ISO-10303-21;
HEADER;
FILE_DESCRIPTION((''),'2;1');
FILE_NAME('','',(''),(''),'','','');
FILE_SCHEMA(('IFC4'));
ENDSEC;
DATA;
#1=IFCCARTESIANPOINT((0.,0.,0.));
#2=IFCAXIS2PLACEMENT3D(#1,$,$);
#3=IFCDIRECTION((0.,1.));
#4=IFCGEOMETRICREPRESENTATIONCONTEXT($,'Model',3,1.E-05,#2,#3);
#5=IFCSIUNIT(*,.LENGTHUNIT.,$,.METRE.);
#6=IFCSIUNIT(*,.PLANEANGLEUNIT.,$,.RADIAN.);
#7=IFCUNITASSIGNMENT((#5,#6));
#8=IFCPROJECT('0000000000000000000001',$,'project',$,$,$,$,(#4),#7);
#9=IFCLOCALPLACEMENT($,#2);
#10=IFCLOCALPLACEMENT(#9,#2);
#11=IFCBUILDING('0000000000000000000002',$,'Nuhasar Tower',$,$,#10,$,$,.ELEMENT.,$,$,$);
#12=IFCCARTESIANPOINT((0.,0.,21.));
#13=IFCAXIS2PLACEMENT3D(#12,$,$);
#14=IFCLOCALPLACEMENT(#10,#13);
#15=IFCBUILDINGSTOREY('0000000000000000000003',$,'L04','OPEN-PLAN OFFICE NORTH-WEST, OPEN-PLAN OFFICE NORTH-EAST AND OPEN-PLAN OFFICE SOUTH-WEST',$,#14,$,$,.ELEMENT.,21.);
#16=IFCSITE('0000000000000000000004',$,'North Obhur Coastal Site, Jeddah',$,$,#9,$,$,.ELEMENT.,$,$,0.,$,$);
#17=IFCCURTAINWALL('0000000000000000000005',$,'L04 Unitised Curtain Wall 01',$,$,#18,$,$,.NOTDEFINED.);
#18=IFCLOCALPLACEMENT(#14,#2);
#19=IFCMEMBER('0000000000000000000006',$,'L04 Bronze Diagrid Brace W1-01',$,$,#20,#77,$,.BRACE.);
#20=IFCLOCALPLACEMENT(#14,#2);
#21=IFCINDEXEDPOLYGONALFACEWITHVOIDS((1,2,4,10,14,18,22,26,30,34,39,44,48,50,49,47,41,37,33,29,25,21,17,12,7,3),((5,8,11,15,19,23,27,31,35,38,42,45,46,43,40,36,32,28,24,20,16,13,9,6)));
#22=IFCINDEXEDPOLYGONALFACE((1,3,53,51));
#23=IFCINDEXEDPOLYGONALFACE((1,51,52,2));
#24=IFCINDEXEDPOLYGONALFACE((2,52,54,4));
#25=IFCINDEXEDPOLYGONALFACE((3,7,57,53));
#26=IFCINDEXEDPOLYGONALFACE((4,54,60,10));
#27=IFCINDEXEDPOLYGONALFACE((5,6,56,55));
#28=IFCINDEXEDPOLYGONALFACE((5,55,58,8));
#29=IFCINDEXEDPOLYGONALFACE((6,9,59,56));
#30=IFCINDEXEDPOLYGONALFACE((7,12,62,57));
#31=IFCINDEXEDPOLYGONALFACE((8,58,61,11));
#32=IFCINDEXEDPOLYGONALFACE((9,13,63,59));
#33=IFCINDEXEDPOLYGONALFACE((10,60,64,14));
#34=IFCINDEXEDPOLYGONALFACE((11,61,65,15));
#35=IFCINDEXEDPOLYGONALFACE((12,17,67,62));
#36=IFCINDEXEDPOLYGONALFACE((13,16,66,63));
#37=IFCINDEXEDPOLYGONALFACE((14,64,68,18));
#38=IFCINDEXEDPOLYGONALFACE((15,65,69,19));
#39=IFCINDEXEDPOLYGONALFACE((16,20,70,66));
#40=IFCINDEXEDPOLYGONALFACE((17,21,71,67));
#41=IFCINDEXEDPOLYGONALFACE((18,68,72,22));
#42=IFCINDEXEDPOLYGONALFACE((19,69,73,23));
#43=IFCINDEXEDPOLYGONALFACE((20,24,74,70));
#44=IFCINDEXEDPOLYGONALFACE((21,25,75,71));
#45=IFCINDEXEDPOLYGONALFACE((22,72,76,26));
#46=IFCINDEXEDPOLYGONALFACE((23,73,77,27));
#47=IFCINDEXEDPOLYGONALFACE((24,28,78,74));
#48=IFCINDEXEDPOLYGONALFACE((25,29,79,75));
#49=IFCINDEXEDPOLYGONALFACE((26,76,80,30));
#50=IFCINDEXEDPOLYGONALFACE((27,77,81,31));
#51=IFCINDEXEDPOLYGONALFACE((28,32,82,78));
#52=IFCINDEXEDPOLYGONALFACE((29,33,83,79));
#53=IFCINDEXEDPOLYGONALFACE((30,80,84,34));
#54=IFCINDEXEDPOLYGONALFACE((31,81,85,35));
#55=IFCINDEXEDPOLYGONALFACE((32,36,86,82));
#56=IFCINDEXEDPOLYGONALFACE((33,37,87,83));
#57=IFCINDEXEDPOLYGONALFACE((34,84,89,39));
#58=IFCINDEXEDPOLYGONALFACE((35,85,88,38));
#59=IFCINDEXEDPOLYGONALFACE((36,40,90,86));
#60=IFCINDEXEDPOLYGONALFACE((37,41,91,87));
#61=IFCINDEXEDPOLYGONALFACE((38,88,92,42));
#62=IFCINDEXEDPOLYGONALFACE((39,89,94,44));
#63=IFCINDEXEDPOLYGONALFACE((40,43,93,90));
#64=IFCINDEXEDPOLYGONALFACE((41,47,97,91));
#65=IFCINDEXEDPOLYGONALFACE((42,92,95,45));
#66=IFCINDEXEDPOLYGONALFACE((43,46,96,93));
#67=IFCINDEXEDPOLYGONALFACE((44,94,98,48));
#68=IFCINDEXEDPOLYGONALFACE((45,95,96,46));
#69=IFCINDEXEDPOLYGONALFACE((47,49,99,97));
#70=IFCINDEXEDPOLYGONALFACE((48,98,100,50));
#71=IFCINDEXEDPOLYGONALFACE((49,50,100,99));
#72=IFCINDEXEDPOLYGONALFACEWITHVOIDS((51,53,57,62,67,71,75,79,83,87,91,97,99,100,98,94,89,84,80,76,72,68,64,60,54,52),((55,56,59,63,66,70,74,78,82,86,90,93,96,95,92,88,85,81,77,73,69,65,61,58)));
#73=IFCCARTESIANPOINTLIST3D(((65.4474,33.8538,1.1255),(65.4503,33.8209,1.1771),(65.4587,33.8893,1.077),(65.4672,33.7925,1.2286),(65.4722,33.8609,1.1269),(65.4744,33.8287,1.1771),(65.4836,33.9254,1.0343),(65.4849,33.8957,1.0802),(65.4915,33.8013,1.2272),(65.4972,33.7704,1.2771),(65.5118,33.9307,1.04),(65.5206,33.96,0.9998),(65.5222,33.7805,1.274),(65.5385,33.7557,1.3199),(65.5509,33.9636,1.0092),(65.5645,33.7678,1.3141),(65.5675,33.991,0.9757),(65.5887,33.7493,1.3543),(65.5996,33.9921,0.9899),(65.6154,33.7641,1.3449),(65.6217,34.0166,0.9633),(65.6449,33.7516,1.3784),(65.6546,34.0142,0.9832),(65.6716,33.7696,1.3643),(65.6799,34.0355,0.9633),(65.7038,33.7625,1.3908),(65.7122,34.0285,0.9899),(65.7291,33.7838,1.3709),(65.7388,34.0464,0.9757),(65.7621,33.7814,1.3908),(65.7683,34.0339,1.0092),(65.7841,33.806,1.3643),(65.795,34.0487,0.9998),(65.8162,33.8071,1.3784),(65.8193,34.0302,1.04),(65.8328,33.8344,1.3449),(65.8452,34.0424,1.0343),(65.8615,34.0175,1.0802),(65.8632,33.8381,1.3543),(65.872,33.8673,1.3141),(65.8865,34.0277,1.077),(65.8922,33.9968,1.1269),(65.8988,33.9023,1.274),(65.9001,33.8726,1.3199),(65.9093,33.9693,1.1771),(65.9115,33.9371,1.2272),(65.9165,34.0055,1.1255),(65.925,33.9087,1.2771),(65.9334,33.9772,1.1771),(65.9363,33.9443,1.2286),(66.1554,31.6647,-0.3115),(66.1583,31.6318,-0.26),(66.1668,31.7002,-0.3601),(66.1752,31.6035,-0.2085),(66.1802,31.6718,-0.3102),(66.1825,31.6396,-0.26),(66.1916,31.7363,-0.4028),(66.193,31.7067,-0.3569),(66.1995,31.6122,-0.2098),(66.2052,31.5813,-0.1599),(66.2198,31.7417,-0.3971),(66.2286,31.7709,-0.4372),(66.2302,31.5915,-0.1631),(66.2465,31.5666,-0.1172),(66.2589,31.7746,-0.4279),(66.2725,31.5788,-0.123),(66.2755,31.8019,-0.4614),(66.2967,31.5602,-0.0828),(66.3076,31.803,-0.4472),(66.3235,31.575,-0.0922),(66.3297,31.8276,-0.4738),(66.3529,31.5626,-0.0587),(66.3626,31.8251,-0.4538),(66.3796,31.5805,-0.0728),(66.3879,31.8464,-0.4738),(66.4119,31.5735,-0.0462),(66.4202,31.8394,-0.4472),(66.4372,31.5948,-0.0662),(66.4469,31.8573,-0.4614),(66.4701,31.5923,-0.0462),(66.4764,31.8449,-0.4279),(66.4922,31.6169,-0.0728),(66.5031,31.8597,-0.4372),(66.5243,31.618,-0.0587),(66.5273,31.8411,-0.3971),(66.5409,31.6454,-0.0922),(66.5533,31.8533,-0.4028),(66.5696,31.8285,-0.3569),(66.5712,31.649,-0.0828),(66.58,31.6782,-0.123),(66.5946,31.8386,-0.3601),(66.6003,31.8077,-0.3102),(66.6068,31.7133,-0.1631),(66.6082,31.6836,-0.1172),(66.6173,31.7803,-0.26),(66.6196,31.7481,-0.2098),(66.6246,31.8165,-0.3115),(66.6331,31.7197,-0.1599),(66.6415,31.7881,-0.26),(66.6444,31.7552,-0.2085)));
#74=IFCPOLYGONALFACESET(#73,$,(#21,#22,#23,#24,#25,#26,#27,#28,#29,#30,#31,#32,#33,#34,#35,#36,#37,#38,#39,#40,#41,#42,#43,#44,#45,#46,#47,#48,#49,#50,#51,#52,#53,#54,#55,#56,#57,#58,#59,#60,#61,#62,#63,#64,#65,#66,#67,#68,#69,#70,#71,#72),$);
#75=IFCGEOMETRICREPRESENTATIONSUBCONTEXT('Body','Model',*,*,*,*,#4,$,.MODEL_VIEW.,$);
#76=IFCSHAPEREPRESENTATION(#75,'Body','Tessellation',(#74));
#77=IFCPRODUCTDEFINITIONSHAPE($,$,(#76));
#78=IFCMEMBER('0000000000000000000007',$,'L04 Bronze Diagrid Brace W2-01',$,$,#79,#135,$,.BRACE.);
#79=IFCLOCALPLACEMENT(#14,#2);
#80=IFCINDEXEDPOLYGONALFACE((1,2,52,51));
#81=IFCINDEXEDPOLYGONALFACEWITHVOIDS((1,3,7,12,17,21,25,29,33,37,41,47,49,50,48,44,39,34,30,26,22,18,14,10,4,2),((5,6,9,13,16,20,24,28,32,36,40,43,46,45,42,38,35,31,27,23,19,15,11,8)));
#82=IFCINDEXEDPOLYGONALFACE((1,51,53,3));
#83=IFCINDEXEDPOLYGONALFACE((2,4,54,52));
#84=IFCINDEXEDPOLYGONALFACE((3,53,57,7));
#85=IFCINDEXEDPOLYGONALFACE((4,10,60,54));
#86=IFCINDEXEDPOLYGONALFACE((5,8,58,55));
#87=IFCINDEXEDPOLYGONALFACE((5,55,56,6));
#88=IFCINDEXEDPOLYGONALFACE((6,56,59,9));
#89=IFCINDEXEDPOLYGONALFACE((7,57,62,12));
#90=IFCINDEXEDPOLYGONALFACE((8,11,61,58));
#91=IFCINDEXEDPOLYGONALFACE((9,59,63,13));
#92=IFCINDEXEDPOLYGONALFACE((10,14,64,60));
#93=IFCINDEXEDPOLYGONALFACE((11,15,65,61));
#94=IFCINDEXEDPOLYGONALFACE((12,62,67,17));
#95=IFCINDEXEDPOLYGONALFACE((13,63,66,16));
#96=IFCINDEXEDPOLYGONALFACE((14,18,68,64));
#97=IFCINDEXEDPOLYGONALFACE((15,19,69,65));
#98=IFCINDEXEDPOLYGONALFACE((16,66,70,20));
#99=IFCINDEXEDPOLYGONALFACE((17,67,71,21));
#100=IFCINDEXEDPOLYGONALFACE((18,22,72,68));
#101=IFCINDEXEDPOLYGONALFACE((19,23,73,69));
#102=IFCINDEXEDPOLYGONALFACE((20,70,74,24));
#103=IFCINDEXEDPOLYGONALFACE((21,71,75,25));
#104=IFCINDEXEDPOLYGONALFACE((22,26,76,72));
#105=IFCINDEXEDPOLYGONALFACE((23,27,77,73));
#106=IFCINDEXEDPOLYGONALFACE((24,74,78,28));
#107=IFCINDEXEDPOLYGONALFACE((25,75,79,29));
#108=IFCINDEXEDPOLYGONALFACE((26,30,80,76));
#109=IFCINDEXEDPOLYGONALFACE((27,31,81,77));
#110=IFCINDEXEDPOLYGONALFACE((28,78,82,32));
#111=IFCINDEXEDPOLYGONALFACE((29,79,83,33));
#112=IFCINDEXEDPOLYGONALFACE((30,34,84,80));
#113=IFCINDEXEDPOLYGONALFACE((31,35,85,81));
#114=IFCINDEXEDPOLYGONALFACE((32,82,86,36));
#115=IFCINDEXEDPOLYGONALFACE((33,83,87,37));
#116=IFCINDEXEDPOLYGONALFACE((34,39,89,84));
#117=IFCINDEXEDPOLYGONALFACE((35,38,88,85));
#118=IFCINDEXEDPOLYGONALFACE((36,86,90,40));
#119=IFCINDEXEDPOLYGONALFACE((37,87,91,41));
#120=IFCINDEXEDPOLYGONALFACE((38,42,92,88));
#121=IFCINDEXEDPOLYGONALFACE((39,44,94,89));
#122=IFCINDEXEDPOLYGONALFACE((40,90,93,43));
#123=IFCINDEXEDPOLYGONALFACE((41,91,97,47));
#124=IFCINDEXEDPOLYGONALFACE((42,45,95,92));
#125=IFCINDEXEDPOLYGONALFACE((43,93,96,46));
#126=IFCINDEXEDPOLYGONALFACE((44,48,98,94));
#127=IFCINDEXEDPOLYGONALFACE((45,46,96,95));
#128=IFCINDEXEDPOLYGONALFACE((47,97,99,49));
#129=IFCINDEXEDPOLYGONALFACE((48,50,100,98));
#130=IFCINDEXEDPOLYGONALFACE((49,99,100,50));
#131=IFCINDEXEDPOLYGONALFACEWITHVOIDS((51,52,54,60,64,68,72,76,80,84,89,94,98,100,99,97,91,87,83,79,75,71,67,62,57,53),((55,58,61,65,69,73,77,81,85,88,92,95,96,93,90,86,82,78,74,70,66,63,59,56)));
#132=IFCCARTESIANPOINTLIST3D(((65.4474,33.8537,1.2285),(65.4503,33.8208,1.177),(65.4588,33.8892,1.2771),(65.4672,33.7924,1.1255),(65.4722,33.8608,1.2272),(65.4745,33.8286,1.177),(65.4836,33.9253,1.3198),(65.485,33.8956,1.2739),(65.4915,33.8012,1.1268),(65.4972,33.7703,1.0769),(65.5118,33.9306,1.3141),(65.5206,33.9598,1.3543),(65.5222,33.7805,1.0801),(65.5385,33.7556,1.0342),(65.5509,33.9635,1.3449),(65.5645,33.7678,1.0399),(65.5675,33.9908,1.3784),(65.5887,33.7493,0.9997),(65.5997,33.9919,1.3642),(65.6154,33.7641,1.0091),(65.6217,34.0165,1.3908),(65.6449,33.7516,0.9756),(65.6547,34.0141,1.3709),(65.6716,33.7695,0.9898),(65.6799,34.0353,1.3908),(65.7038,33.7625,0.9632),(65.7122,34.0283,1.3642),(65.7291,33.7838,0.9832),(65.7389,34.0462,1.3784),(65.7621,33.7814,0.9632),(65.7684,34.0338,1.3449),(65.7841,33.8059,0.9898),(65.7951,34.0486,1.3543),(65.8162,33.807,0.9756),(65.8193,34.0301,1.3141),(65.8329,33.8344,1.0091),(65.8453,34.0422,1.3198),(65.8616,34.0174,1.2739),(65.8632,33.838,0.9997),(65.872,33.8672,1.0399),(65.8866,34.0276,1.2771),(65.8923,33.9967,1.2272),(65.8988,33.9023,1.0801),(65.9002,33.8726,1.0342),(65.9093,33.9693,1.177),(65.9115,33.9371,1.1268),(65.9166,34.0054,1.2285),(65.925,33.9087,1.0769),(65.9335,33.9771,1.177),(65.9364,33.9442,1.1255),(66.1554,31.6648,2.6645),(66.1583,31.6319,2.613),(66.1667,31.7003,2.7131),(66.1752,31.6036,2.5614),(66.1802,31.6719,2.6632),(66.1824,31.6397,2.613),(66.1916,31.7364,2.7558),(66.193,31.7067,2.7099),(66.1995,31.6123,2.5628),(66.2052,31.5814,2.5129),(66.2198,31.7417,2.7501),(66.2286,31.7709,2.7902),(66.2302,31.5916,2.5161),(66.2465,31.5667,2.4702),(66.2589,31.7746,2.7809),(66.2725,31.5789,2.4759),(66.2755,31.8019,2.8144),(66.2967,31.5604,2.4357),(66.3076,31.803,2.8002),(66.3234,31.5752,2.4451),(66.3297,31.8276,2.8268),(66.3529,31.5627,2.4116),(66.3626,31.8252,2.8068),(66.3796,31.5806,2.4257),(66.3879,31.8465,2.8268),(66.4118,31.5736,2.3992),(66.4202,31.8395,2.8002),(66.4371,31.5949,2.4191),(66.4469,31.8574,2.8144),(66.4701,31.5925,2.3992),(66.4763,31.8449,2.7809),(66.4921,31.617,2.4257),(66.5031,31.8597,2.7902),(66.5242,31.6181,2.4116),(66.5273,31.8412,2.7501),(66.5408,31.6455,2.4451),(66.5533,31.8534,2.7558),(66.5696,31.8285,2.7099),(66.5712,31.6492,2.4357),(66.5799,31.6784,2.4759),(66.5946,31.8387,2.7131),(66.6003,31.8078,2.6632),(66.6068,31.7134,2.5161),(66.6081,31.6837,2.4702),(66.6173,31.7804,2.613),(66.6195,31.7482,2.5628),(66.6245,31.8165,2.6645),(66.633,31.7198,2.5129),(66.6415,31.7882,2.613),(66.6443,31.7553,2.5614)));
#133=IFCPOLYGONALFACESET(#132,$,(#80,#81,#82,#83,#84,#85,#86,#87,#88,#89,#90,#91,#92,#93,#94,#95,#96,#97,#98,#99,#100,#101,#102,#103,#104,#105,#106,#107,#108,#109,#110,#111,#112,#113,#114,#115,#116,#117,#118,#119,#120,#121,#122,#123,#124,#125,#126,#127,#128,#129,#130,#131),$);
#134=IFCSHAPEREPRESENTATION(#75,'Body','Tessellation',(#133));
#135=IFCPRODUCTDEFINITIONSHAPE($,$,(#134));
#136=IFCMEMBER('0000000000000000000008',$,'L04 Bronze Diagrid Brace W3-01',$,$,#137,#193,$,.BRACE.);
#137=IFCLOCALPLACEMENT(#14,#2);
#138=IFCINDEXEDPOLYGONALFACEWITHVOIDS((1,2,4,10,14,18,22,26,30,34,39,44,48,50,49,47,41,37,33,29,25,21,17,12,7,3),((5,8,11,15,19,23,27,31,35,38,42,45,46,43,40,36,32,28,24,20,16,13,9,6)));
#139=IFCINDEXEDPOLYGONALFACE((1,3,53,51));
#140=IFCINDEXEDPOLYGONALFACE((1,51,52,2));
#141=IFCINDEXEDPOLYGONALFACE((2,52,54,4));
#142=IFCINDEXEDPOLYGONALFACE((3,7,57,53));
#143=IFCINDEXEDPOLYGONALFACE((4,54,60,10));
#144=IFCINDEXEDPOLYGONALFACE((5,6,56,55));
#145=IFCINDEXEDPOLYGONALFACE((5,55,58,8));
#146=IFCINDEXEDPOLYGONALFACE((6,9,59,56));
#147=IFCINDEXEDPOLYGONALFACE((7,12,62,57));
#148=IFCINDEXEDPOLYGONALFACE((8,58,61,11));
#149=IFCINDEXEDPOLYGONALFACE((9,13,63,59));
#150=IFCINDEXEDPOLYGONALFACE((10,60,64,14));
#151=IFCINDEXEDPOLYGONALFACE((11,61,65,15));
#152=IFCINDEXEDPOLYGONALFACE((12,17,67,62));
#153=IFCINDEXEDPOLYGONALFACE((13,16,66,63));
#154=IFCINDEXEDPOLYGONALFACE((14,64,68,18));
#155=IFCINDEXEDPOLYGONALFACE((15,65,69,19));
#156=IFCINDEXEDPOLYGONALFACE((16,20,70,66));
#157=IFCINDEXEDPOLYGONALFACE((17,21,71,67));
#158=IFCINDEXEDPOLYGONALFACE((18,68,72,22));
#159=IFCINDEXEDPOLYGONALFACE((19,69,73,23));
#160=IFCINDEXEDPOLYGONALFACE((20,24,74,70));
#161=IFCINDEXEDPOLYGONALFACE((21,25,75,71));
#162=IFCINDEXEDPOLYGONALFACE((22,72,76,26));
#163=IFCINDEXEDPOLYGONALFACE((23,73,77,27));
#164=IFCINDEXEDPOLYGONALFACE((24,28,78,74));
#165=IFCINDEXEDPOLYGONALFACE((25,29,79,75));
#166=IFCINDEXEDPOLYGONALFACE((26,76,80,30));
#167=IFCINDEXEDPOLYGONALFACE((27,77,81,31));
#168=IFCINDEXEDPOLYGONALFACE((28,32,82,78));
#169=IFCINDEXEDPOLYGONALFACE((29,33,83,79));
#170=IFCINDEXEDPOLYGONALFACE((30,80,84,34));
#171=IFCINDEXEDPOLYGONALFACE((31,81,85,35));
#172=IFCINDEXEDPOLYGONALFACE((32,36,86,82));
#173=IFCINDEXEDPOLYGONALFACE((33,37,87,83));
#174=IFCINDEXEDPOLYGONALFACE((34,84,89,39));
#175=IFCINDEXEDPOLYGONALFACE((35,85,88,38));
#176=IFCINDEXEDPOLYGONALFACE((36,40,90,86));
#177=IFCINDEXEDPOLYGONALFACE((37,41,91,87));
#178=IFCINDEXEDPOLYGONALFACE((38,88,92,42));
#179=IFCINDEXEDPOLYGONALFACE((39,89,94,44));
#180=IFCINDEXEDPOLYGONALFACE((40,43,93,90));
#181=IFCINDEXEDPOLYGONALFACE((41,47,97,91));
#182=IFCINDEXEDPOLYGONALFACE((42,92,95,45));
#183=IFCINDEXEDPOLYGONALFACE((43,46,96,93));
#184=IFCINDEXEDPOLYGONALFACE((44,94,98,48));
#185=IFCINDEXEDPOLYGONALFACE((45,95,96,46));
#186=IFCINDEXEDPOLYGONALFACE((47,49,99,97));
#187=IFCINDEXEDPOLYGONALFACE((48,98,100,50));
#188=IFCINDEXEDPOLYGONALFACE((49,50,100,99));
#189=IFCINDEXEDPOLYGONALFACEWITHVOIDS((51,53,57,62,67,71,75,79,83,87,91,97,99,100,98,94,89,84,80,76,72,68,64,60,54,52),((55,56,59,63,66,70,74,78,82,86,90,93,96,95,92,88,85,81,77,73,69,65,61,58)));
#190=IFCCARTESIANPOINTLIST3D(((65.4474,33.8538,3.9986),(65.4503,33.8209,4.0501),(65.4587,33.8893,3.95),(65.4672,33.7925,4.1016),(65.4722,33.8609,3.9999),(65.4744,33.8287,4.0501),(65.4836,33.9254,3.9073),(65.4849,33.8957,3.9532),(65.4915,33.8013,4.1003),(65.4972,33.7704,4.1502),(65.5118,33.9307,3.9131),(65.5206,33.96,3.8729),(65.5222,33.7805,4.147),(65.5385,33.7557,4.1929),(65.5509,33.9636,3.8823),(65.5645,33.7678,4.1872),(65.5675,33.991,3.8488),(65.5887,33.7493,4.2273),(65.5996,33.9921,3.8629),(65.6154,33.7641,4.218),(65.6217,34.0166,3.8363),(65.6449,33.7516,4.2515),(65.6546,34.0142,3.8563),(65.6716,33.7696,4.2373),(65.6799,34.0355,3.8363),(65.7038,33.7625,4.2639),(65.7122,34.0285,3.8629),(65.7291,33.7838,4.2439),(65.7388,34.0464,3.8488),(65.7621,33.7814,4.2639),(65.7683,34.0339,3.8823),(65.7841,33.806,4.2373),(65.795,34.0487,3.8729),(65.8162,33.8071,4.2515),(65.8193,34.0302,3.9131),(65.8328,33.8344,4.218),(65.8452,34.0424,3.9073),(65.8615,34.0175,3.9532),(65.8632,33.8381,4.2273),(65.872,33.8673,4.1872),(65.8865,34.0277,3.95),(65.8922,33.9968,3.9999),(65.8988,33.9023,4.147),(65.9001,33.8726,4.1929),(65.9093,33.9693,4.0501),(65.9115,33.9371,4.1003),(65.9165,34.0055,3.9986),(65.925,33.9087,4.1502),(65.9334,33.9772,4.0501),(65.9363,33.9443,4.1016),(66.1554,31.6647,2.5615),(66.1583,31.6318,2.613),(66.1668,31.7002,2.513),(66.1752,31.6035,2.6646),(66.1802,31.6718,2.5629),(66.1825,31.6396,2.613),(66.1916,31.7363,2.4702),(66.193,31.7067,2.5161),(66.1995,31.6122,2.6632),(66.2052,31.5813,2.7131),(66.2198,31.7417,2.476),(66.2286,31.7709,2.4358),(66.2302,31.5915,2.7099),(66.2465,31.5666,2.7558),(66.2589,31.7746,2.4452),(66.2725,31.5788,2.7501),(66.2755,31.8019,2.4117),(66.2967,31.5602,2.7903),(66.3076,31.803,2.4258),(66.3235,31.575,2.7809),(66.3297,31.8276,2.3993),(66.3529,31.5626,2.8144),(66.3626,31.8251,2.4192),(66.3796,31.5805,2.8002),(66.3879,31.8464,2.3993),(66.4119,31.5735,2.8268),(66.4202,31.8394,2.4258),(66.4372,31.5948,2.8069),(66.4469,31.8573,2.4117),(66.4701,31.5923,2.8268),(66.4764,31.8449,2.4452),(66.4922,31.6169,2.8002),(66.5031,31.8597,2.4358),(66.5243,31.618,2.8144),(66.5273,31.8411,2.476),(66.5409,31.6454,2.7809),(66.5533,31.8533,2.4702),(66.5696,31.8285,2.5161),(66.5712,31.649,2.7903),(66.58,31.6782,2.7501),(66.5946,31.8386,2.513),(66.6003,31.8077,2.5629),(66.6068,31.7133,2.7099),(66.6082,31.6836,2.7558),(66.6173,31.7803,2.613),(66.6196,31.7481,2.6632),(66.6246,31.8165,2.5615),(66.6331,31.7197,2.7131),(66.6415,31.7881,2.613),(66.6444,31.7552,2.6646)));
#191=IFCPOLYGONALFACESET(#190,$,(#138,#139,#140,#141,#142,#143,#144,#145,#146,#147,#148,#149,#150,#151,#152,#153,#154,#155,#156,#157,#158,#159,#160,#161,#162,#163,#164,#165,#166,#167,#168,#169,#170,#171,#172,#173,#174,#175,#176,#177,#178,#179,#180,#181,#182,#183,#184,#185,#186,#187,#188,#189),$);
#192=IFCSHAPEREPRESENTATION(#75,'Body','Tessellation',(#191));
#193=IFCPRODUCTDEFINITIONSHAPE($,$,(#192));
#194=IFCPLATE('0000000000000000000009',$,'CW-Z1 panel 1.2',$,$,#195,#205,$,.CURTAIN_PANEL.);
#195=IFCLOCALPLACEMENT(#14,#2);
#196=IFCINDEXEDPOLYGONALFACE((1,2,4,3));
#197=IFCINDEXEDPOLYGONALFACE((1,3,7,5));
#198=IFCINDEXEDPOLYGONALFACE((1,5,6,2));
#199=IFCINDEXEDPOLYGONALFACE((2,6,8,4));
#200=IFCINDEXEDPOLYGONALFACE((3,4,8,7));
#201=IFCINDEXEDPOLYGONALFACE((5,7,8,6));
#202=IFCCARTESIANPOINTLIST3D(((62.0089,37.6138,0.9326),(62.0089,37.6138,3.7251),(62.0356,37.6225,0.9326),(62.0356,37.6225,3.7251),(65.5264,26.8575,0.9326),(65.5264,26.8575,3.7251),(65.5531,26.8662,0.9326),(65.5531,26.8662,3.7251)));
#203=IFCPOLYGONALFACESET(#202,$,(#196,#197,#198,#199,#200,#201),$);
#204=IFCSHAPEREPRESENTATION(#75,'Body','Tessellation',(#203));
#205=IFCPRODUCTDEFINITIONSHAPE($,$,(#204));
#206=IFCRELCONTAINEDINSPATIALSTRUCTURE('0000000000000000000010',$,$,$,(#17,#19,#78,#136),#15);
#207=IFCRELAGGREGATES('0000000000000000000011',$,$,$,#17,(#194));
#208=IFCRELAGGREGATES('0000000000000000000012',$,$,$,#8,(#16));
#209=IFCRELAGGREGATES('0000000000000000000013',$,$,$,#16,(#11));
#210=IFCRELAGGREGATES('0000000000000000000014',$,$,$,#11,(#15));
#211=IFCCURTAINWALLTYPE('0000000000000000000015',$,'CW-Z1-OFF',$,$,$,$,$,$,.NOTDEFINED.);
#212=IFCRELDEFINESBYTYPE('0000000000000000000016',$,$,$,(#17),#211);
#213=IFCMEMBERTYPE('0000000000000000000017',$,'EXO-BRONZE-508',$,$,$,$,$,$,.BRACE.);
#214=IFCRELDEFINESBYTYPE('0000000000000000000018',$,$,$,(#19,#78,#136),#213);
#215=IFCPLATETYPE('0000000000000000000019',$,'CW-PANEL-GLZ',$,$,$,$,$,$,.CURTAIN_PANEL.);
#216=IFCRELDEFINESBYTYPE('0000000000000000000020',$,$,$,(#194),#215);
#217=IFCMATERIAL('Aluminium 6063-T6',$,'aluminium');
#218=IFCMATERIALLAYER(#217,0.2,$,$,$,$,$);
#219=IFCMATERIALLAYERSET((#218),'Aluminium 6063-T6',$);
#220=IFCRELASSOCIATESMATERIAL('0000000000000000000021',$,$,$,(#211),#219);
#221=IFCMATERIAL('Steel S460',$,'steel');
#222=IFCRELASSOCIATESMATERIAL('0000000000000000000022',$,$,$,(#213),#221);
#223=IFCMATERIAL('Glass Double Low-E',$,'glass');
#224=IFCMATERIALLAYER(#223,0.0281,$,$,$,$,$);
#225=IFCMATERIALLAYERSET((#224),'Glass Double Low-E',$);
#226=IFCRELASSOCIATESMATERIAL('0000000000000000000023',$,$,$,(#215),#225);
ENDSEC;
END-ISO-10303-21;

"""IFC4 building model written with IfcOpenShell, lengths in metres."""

from ifc_helpers import new_model, si_unit, direction, frame, origin, origin_2d, place, context, subcontext, project, spatial, rectangle, hollow_circle, extrude, material, layer, layer_set, material_profile, profile_set, type_object, element, aggregate, save


model = new_model("IFC4")

# Units and contexts
model_context = context("Model", 3, precision=1e-05, world=origin(), true_north=direction((0.0, 1.0)))
body_context = subcontext(model_context, "Body", "Model", "MODEL_VIEW")
ifc_project = project(units=[si_unit("LENGTHUNIT", "METRE"), si_unit("PLANEANGLEUNIT", "RADIAN")], contexts=[model_context])

# Site, building, storey
site_placement = place(None, origin())
site = spatial("IfcSite", under=ifc_project, at=site_placement, Name="North Obhur Coastal Site, Jeddah", CompositionType="ELEMENT", RefElevation=0.0)
building_placement = place(site_placement, origin())
building = spatial("IfcBuilding", under=site, at=building_placement, Name="Nuhasar Tower", CompositionType="ELEMENT")
storey_placement = place(building_placement, frame((0.0, 0.0, 21.0)))
storey = spatial("IfcBuildingStorey", under=building, at=storey_placement, Name="L04", Description="OPEN-PLAN OFFICE NORTH-WEST, OPEN-PLAN OFFICE NORTH-EAST AND OPEN-PLAN OFFICE SOUTH-WEST", CompositionType="ELEMENT", Elevation=21.0)

# Shared definitions
ifc_material_1 = material(Name="Steel S460", Category="steel")

# Curtain wall
ifc_material_2 = material(Name="Aluminium 6063-T6", Category="aluminium")
ifc_layer_1 = layer(ifc_material_2, 0.2)
ifc_layer_set_1 = layer_set([ifc_layer_1], Name="Aluminium 6063-T6")
curtain_wall_type = type_object("IfcCurtainWallType", Name="CW-Z1-OFF", PredefinedType="NOTDEFINED", material=ifc_layer_set_1)
curtain_wall_placement = place(storey_placement, origin())
curtain_wall = element("IfcCurtainWall", 1, at=curtain_wall_placement, inside=storey, type_object=curtain_wall_type, Name="L04 Unitised Curtain Wall 01", PredefinedType="NOTDEFINED")

# Members
ifc_material_profile_1 = material_profile(ifc_material_1, hollow_circle(Radius=0.2539, WallThickness=0.0254, at=origin_2d()), Name="HSS508X25.4")
ifc_profile_set_1 = profile_set([ifc_material_profile_1], Name="Steel S460")
member_type_1 = type_object("IfcMemberType", Name="EXO-BRONZE-508", PredefinedType="BRACE", material=ifc_profile_set_1)
member_1_placement = place(storey_placement, frame((66.3999, 31.71, -0.26), z_axis=(-0.261013, 0.806981, 0.529767), x_axis=(-0.951468, -0.307747, 0.0)))
element("IfcMember", 2, at=member_1_placement, inside=storey, type_object=member_type_1, Name="L04 Bronze Diagrid Brace W1-01", PredefinedType="BRACE", context=body_context, shape_type="SweptSolid", body=[
    extrude(hollow_circle(Radius=0.2539, WallThickness=0.0254, at=origin_2d()), origin(), (0.0, 0.0, 1.0), 2.7126),
])
member_2_placement = place(storey_placement, frame((65.6919, 33.8989, 1.177), z_axis=(0.261063, -0.807135, 0.529508), x_axis=(0.951468, 0.307747, 0.0)))
element("IfcMember", 3, at=member_2_placement, inside=storey, type_object=member_type_1, Name="L04 Bronze Diagrid Brace W2-01", PredefinedType="BRACE", context=body_context, shape_type="SweptSolid", body=[
    extrude(hollow_circle(Radius=0.2539, WallThickness=0.0254, at=origin_2d()), origin(), (0.0, 0.0, 1.0), 2.7119),
])
member_3_placement = place(storey_placement, frame((66.3999, 31.71, 2.613), z_axis=(-0.261013, 0.806981, 0.529767), x_axis=(-0.951468, -0.307747, 0.0)))
element("IfcMember", 4, at=member_3_placement, inside=storey, type_object=member_type_1, Name="L04 Bronze Diagrid Brace W3-01", PredefinedType="BRACE", context=body_context, shape_type="SweptSolid", body=[
    extrude(hollow_circle(Radius=0.2539, WallThickness=0.0254, at=origin_2d()), origin(), (0.0, 0.0, 1.0), 2.7126),
])

# Plate
ifc_material_3 = material(Name="Glass Double Low-E", Category="glass")
ifc_layer_2 = layer(ifc_material_3, 0.0281)
ifc_layer_set_2 = layer_set([ifc_layer_2], Name="Glass Double Low-E")
plate_type_1 = type_object("IfcPlateType", Name="CW-PANEL-GLZ", PredefinedType="CURTAIN_PANEL", material=ifc_layer_set_2)
plate_1_placement = place(storey_placement, frame((63.781, 32.24, 0.9326), z_axis=(0.0, 0.0, 1.0), x_axis=(-0.310824, 0.950468, 0.0)))
plate_1 = element("IfcPlate", 5, at=plate_1_placement, type_object=plate_type_1, Name="CW-Z1 panel 1.2", PredefinedType="CURTAIN_PANEL", context=body_context, shape_type="SweptSolid", body=[
    extrude(rectangle(XDim=11.3169, YDim=0.0281, at=origin_2d()), origin(), (0.0, 0.0, 1.0), 2.7925),
])
aggregate(curtain_wall, [plate_1])

save(model, "model.ifc")
